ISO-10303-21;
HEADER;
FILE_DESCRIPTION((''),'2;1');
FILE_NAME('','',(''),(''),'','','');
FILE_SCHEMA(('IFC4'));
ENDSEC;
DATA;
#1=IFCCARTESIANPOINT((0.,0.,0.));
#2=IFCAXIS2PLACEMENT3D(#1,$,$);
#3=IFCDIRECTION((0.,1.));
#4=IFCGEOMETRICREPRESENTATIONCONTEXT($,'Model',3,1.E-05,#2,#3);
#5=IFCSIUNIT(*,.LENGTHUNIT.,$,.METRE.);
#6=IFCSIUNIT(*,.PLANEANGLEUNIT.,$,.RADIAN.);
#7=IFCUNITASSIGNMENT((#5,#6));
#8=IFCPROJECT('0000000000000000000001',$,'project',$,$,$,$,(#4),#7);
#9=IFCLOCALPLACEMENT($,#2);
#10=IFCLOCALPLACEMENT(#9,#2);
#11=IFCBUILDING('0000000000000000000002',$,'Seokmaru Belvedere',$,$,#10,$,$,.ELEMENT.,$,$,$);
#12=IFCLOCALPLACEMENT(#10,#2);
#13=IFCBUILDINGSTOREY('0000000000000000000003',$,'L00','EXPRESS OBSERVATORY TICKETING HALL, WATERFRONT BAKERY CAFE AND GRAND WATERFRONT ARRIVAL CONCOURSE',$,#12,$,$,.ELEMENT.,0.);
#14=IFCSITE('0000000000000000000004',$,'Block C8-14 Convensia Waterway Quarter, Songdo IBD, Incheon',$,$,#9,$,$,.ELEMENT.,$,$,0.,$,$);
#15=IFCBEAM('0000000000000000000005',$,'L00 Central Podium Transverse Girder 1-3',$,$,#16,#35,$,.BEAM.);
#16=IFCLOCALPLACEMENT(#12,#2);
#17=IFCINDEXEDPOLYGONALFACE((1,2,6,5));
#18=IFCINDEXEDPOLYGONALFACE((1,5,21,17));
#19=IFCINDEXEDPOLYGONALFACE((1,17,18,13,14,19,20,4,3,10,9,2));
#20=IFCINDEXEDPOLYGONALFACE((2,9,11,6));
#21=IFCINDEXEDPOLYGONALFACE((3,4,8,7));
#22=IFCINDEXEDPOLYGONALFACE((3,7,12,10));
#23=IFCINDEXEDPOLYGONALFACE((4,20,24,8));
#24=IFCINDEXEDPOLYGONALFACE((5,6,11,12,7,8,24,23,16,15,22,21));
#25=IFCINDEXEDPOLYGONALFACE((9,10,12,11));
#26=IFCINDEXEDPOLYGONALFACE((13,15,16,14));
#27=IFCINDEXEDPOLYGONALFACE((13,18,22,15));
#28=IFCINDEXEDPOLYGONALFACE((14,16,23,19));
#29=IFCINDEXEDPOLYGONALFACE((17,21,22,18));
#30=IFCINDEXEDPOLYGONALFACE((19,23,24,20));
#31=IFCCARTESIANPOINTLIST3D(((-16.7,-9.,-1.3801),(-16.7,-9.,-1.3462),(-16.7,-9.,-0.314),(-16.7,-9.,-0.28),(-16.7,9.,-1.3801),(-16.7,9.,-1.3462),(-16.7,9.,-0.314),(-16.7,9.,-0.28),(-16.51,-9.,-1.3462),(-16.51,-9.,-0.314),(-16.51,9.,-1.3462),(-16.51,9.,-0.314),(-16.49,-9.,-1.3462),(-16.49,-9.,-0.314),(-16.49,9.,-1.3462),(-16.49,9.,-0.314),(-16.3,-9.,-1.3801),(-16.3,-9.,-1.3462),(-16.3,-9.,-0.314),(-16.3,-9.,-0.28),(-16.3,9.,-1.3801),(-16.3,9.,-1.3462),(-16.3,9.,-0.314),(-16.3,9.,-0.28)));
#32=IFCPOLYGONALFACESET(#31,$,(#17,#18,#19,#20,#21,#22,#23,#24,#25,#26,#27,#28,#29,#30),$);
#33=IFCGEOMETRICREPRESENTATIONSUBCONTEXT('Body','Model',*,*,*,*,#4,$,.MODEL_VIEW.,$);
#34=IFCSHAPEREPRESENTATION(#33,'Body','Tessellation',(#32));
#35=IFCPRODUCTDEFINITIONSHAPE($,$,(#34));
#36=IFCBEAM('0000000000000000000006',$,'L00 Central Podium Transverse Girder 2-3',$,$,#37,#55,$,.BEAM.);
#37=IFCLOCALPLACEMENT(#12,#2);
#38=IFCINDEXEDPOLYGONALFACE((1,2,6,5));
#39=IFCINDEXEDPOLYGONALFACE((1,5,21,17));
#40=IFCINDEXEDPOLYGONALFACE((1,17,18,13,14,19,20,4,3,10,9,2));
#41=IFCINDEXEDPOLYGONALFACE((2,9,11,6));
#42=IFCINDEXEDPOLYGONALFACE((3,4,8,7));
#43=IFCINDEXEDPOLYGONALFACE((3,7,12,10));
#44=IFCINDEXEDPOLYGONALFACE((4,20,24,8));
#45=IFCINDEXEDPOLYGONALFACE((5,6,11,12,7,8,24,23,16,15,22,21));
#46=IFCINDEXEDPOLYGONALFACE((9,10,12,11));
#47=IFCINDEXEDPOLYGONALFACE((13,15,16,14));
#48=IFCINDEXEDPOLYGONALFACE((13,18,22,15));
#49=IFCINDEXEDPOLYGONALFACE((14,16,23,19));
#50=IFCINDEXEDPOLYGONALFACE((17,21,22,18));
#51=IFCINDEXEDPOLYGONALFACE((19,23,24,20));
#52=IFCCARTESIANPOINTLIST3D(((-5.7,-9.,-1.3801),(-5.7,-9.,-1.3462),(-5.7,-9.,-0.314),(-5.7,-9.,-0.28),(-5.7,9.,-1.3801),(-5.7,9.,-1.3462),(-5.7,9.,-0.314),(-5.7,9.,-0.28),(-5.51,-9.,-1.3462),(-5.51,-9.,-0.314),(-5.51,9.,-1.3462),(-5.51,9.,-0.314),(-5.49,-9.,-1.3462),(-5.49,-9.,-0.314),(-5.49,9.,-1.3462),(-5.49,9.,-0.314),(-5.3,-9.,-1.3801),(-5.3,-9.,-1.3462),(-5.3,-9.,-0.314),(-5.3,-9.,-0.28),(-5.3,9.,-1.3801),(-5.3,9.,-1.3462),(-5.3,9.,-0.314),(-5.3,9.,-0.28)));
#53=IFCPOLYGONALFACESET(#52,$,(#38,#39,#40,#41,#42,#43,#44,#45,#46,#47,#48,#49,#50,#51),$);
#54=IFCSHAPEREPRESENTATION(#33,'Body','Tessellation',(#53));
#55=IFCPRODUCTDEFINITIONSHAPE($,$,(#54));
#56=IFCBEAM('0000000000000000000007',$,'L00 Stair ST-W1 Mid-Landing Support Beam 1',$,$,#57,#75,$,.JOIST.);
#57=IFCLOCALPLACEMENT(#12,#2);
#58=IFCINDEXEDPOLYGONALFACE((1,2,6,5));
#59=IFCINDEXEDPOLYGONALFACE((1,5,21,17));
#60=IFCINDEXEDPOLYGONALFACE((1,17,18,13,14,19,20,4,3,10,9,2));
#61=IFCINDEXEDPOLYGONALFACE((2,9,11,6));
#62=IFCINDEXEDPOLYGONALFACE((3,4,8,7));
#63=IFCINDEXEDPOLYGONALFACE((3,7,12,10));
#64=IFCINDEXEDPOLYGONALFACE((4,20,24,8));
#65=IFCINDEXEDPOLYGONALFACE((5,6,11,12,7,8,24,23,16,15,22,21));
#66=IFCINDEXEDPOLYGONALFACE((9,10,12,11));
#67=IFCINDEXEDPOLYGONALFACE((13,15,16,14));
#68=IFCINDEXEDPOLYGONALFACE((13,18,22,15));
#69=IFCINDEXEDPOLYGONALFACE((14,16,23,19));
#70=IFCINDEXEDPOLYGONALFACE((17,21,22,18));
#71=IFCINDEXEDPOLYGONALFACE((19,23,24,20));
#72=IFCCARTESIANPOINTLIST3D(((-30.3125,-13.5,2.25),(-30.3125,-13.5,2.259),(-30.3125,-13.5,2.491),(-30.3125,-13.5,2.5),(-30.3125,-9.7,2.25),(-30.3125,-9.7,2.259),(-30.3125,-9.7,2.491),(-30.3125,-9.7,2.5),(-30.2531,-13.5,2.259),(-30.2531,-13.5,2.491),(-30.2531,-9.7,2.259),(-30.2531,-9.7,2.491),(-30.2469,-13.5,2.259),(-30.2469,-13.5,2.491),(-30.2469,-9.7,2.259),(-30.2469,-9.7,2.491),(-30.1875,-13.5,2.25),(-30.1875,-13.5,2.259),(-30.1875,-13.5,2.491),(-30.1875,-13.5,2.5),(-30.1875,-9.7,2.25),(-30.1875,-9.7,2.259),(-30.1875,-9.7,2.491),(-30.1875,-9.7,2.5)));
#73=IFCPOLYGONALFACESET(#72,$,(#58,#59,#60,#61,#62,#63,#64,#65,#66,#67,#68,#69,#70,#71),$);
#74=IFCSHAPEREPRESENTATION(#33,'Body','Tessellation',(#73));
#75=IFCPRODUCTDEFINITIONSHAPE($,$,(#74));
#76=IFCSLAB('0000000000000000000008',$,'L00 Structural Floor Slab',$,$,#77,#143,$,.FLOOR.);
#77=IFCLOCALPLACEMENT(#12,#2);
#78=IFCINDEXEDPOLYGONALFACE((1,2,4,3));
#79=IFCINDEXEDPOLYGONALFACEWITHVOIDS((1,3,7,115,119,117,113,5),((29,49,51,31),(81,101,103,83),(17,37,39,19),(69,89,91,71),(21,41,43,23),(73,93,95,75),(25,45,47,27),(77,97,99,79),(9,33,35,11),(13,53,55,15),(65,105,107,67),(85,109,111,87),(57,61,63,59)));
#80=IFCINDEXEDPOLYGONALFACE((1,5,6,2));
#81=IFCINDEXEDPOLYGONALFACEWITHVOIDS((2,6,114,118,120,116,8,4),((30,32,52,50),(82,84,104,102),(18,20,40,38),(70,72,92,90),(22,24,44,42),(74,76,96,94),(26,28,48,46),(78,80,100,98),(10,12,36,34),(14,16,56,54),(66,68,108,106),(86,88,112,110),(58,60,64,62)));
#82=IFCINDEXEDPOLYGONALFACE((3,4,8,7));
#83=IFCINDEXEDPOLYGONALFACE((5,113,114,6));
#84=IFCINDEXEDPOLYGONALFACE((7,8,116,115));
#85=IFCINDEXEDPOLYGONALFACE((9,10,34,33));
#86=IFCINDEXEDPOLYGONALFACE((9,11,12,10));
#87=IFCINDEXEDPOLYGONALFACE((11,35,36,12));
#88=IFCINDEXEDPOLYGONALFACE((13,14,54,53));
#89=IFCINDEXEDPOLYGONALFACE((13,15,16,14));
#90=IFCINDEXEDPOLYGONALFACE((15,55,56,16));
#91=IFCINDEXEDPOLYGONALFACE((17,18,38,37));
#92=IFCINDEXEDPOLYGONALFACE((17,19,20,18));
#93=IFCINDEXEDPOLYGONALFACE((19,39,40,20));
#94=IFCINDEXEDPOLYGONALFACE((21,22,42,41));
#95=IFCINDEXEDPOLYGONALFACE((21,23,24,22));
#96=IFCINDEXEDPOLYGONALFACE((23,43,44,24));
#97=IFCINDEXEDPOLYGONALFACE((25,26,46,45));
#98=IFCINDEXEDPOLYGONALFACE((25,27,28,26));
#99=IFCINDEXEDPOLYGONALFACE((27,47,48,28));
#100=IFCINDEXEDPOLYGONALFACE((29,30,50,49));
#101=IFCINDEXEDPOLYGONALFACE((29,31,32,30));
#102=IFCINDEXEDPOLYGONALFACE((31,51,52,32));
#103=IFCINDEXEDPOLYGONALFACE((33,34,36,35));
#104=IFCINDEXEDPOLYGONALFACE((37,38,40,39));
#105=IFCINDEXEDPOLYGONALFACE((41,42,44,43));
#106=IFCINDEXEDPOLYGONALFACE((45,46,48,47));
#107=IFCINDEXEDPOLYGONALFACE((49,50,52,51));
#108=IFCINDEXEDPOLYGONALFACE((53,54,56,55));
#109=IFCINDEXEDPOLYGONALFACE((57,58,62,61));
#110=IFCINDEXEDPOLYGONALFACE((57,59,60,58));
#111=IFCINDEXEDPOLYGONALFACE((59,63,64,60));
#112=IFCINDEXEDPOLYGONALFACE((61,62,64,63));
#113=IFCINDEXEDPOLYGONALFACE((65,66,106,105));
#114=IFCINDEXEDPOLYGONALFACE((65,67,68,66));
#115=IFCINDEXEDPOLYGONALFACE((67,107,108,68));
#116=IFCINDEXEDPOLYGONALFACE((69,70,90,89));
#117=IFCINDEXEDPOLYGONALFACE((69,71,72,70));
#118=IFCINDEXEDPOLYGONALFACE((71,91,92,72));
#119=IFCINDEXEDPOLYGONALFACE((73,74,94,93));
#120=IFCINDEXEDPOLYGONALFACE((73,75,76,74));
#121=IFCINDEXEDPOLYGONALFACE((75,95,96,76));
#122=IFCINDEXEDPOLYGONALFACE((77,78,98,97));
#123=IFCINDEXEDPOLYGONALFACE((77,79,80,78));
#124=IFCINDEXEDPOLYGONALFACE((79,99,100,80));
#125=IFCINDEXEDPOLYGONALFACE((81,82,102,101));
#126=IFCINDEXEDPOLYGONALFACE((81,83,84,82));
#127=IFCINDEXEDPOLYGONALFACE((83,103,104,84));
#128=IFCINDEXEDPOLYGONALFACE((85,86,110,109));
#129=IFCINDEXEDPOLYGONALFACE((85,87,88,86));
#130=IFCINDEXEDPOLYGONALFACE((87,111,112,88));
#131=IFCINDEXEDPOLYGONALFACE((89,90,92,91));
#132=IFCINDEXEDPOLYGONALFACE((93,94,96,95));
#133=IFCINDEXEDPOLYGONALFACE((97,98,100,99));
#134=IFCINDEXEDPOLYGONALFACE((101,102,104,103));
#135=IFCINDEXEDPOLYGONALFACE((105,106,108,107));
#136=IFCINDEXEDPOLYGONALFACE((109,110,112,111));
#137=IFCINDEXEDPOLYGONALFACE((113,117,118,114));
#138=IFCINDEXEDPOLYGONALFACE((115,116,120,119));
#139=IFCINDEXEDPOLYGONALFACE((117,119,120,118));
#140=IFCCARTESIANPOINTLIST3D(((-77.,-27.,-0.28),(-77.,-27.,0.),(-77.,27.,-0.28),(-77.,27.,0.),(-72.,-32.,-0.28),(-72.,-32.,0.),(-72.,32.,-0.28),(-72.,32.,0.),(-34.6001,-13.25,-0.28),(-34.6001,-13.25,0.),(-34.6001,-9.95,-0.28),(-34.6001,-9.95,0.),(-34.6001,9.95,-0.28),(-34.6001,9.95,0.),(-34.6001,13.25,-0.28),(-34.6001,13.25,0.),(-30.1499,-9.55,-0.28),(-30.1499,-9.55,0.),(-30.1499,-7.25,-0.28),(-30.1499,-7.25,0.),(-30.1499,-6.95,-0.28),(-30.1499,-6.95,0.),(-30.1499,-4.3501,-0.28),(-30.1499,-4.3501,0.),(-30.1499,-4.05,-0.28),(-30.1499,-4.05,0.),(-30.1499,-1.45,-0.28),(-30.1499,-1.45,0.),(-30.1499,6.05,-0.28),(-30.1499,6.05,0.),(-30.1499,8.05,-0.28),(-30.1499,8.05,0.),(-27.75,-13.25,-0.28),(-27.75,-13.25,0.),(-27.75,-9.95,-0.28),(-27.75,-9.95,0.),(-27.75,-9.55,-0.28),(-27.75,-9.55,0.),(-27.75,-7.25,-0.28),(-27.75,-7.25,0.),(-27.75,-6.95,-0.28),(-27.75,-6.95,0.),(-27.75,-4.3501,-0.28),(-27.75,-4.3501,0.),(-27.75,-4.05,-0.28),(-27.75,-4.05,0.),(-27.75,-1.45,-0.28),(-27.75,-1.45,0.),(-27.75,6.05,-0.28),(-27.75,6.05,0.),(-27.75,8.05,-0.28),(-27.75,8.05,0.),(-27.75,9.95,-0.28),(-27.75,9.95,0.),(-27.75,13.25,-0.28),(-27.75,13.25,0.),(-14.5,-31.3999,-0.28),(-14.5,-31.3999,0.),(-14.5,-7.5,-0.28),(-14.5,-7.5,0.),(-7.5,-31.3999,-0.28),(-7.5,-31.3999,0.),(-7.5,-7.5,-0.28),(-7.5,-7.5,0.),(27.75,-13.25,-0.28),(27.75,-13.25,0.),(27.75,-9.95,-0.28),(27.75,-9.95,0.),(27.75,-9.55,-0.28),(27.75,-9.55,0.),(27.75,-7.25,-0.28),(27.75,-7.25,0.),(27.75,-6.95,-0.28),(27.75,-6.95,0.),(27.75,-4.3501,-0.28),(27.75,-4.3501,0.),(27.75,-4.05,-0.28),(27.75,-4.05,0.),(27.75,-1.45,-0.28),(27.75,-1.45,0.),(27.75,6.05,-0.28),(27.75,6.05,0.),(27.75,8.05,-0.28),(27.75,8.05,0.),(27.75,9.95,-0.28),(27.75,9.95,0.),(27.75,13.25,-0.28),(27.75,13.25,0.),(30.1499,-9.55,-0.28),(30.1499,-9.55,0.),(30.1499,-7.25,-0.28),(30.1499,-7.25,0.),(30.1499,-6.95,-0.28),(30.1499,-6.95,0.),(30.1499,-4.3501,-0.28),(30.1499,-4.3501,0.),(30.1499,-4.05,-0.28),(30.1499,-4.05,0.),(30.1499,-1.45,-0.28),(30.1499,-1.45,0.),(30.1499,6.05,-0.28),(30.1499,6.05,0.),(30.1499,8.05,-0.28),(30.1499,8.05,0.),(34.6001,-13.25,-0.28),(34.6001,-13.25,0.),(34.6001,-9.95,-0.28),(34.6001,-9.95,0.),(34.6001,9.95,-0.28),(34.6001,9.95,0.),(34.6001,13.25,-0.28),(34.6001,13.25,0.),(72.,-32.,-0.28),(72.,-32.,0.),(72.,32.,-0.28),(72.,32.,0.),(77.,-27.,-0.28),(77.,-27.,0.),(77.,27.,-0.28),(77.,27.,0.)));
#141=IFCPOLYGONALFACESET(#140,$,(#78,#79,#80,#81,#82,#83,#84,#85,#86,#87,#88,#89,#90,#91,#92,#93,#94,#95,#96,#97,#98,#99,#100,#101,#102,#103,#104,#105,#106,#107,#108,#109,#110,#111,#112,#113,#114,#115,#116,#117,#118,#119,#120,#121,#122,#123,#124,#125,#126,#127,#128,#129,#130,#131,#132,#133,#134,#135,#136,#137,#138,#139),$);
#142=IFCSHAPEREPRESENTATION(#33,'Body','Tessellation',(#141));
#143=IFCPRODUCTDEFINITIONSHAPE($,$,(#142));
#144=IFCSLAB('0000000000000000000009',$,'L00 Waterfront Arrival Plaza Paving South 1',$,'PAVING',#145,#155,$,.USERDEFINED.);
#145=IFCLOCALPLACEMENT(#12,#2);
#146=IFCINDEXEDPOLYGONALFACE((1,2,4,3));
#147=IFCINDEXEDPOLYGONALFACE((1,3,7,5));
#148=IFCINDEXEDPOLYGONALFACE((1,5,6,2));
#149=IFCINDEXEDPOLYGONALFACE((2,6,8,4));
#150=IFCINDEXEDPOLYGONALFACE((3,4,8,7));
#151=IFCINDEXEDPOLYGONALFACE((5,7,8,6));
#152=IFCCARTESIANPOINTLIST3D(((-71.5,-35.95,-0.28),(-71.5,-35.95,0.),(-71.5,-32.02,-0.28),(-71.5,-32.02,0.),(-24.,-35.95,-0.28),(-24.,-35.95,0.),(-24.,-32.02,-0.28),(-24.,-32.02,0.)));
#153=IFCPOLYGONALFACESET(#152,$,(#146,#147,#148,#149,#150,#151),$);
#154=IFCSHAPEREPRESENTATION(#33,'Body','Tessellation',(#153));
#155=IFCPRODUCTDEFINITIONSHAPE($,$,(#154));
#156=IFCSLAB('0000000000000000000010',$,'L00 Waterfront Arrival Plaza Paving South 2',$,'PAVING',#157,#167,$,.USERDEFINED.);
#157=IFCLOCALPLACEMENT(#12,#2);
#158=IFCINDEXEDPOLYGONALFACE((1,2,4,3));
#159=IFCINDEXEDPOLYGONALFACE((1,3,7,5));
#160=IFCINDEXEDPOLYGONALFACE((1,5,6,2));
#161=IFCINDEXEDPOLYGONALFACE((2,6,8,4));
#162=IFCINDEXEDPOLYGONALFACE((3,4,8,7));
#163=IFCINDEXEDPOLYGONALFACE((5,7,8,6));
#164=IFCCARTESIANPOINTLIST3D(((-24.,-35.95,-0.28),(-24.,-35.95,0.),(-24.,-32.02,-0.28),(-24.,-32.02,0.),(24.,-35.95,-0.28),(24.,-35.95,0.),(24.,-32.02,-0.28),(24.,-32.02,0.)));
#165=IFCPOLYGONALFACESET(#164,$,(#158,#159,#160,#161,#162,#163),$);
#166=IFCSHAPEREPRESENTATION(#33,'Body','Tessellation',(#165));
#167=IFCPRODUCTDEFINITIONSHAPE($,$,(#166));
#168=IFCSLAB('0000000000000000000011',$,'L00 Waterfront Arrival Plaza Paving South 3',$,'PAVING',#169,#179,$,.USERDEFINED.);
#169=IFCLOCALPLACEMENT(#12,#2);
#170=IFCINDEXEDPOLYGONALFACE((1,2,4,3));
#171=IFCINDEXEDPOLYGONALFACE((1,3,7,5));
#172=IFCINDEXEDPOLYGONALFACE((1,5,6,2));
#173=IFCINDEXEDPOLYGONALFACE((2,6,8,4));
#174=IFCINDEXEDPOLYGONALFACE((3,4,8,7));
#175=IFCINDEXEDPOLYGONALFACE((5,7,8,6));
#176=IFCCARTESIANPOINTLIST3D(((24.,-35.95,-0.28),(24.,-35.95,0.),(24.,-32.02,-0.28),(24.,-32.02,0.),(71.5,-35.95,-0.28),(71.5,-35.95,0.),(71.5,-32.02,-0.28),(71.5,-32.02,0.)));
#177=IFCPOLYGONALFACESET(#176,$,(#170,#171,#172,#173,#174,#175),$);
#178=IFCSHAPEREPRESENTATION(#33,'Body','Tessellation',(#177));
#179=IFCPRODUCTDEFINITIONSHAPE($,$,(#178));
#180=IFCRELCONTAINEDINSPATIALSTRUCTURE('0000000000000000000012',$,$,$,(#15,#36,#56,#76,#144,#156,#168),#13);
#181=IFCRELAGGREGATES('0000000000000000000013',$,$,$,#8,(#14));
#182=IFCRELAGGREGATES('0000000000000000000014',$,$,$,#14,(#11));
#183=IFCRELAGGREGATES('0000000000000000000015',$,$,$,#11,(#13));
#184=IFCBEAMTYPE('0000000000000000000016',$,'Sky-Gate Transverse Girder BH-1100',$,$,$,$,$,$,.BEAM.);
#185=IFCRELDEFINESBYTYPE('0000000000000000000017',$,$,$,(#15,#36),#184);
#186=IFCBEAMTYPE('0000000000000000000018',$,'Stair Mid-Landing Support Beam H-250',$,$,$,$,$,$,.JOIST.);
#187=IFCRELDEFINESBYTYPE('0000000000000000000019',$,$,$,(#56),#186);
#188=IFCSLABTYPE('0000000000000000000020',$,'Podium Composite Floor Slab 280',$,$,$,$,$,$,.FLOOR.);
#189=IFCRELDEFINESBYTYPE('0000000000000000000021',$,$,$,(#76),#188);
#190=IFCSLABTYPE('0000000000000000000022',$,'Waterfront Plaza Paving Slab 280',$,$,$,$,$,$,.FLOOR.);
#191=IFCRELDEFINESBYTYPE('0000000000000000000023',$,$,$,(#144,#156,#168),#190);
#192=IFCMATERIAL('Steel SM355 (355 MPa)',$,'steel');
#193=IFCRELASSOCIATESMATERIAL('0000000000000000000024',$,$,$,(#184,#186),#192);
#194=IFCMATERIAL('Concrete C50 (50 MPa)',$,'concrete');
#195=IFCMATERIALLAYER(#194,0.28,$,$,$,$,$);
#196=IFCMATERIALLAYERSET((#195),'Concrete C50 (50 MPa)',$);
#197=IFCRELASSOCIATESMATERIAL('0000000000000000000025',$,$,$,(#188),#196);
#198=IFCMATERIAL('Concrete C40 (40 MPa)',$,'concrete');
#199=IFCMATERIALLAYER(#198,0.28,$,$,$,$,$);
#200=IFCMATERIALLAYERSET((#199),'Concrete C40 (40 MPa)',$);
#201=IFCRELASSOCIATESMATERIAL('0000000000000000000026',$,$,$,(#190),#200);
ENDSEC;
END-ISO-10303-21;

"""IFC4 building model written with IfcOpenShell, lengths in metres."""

from ifc_helpers import new_model, si_unit, direction, frame, origin, origin_2d, place, context, subcontext, project, spatial, polyline, i_section, outline, extrude, source, transform, mapped, material, layer, layer_set, material_profile, profile_set, type_object, type_shapes, element, save


model = new_model("IFC4")

# Units and contexts
model_context = context("Model", 3, precision=1e-05, world=origin(), true_north=direction((0.0, 1.0)))
body_context = subcontext(model_context, "Body", "Model", "MODEL_VIEW")
ifc_project = project(units=[si_unit("LENGTHUNIT", "METRE"), si_unit("PLANEANGLEUNIT", "RADIAN")], contexts=[model_context])

# Site, building, storey
site_placement = place(None, origin())
site = spatial("IfcSite", under=ifc_project, at=site_placement, Name="Block C8-14 Convensia Waterway Quarter, Songdo IBD, Incheon", CompositionType="ELEMENT", RefElevation=0.0)
building_placement = place(site_placement, origin())
building = spatial("IfcBuilding", under=site, at=building_placement, Name="Seokmaru Belvedere", CompositionType="ELEMENT")
storey_placement = place(building_placement, origin())
storey = spatial("IfcBuildingStorey", under=building, at=storey_placement, Name="L00", Description="EXPRESS OBSERVATORY TICKETING HALL, WATERFRONT BAKERY CAFE AND GRAND WATERFRONT ARRIVAL CONCOURSE", CompositionType="ELEMENT", Elevation=0.0)

# Shared definitions
ifc_material_1 = material(Name="Concrete C50 (50 MPa)", Category="concrete")
ifc_material_2 = material(Name="Steel SM355 (355 MPa)", Category="steel")

# Beams
ifc_material_profile_1 = material_profile(ifc_material_2, i_section(OverallWidth=0.3999, OverallDepth=1.1001, WebThickness=0.02, FlangeThickness=0.0339, at=origin_2d()), Name="BH-1100x400x20x34")
ifc_profile_set_1 = profile_set([ifc_material_profile_1], Name="Steel SM355 (355 MPa)")
beam_type_1 = type_object("IfcBeamType", Name="Sky-Gate Transverse Girder BH-1100", PredefinedType="BEAM", material=ifc_profile_set_1)
shared_shape_1 = source(origin(), body_context, "Body", "SweptSolid", [
    extrude(i_section(OverallWidth=0.3999, OverallDepth=1.1001, WebThickness=0.02, FlangeThickness=0.0339, at=origin_2d()), origin(), (0.0, 0.0, 1.0), 18.0),
])
type_shapes(beam_type_1, [shared_shape_1])
for number, where, z_axis, x_axis, name in (
    (1, (-16.5, -9.0, -0.8301), (0.0, 1.0, 0.0), (-1.0, 0.0, 0.0), "L00 Central Podium Transverse Girder 1-3"),
    (2, (-5.5, -9.0, -0.8301), (0.0, 1.0, 0.0), (-1.0, 0.0, 0.0), "L00 Central Podium Transverse Girder 2-3"),
):
    element("IfcBeam", number, at=place(storey_placement, frame(where, z_axis=z_axis, x_axis=x_axis)), inside=storey, type_object=beam_type_1, Name=name, PredefinedType="BEAM", context=body_context, shape_type="MappedRepresentation", body=[
        mapped(shared_shape_1, transform((0.0, 0.0, 0.0), scale=1.0)),
    ])
ifc_material_profile_2 = material_profile(ifc_material_2, i_section(OverallWidth=0.125, OverallDepth=0.25, WebThickness=0.0061, FlangeThickness=0.009, at=origin_2d()), Name="H-250x125x6x9")
ifc_profile_set_2 = profile_set([ifc_material_profile_2], Name="Steel SM355 (355 MPa)")
beam_type_2 = type_object("IfcBeamType", Name="Stair Mid-Landing Support Beam H-250", PredefinedType="JOIST", material=ifc_profile_set_2)
shared_shape_2 = source(origin(), body_context, "Body", "SweptSolid", [
    extrude(i_section(OverallWidth=0.125, OverallDepth=0.25, WebThickness=0.0061, FlangeThickness=0.009, at=origin_2d()), origin(), (0.0, 0.0, 1.0), 3.8),
])
type_shapes(beam_type_2, [shared_shape_2])
beam_1_placement = place(storey_placement, frame((-30.25, -13.5, 2.375), z_axis=(0.0, 1.0, 0.0), x_axis=(-1.0, 0.0, 0.0)))
element("IfcBeam", 3, at=beam_1_placement, inside=storey, type_object=beam_type_2, Name="L00 Stair ST-W1 Mid-Landing Support Beam 1", PredefinedType="JOIST", context=body_context, shape_type="MappedRepresentation", body=[
    mapped(shared_shape_2, transform((0.0, 0.0, 0.0), scale=1.0)),
])

# Slabs
ifc_layer_1 = layer(ifc_material_1, 0.28)
ifc_layer_set_1 = layer_set([ifc_layer_1], Name="Concrete C50 (50 MPa)")
slab_type_1 = type_object("IfcSlabType", Name="Podium Composite Floor Slab 280", PredefinedType="FLOOR", material=ifc_layer_set_1)
slab_1_placement = place(storey_placement, frame((0.0, 0.0, -0.28)))
element("IfcSlab", 4, at=slab_1_placement, inside=storey, type_object=slab_type_1, Name="L00 Structural Floor Slab", PredefinedType="FLOOR", context=body_context, shape_type="SweptSolid", body=[
    extrude(outline(polyline([(-72.0, -32.0), (72.0, -32.0), (77.0, -27.0), (77.0, 27.0), (72.0, 32.0), (-72.0, 32.0), (-77.0, 27.0), (-77.0, -27.0), (-72.0, -32.0)]), holes=[polyline([(-34.6001, -13.25), (-27.75, -13.25), (-27.75, -9.95), (-34.6001, -9.95), (-34.6001, -13.25)]), polyline([(-34.6001, 9.95), (-27.75, 9.95), (-27.75, 13.25), (-34.6001, 13.25), (-34.6001, 9.95)]), polyline([(27.75, -13.25), (34.6001, -13.25), (34.6001, -9.95), (27.75, -9.95), (27.75, -13.25)]), polyline([(27.75, 9.95), (34.6001, 9.95), (34.6001, 13.25), (27.75, 13.25), (27.75, 9.95)]), polyline([(-30.1499, -9.55), (-27.75, -9.55), (-27.75, -7.25), (-30.1499, -7.25), (-30.1499, -9.55)]), polyline([(-30.1499, -6.95), (-27.75, -6.95), (-27.75, -4.3501), (-30.1499, -4.3501), (-30.1499, -6.95)]), polyline([(-30.1499, -4.05), (-27.75, -4.05), (-27.75, -1.45), (-30.1499, -1.45), (-30.1499, -4.05)]), polyline([(-30.1499, 6.05), (-27.75, 6.05), (-27.75, 8.05), (-30.1499, 8.05), (-30.1499, 6.05)]), polyline([(27.75, -9.55), (30.1499, -9.55), (30.1499, -7.25), (27.75, -7.25), (27.75, -9.55)]), polyline([(27.75, -6.95), (30.1499, -6.95), (30.1499, -4.3501), (27.75, -4.3501), (27.75, -6.95)]), polyline([(27.75, -4.05), (30.1499, -4.05), (30.1499, -1.45), (27.75, -1.45), (27.75, -4.05)]), polyline([(27.75, 6.05), (30.1499, 6.05), (30.1499, 8.05), (27.75, 8.05), (27.75, 6.05)]), polyline([(-14.5, -31.3999), (-7.5, -31.3999), (-7.5, -7.5), (-14.5, -7.5), (-14.5, -31.3999)])]), origin(), (0.0, 0.0, 1.0), 0.28),
])
ifc_material_3 = material(Name="Concrete C40 (40 MPa)", Category="concrete")
ifc_layer_2 = layer(ifc_material_3, 0.28)
ifc_layer_set_2 = layer_set([ifc_layer_2], Name="Concrete C40 (40 MPa)")
slab_type_2 = type_object("IfcSlabType", Name="Waterfront Plaza Paving Slab 280", PredefinedType="FLOOR", material=ifc_layer_set_2)
slab_2_placement = place(storey_placement, frame((0.0, 0.0, -0.28)))
element("IfcSlab", 5, at=slab_2_placement, inside=storey, type_object=slab_type_2, Name="L00 Waterfront Arrival Plaza Paving South 1", ObjectType="PAVING", PredefinedType="USERDEFINED", context=body_context, shape_type="SweptSolid", body=[
    extrude(outline(polyline([(-71.5, -35.95), (-24.0, -35.95), (-24.0, -32.02), (-71.5, -32.02), (-71.5, -35.95)])), origin(), (0.0, 0.0, 1.0), 0.28),
])
slab_3_placement = place(storey_placement, frame((0.0, 0.0, -0.28)))
element("IfcSlab", 6, at=slab_3_placement, inside=storey, type_object=slab_type_2, Name="L00 Waterfront Arrival Plaza Paving South 2", ObjectType="PAVING", PredefinedType="USERDEFINED", context=body_context, shape_type="SweptSolid", body=[
    extrude(outline(polyline([(-24.0, -35.95), (24.0, -35.95), (24.0, -32.02), (-24.0, -32.02), (-24.0, -35.95)])), origin(), (0.0, 0.0, 1.0), 0.28),
])
slab_4_placement = place(storey_placement, frame((0.0, 0.0, -0.28)))
element("IfcSlab", 7, at=slab_4_placement, inside=storey, type_object=slab_type_2, Name="L00 Waterfront Arrival Plaza Paving South 3", ObjectType="PAVING", PredefinedType="USERDEFINED", context=body_context, shape_type="SweptSolid", body=[
    extrude(outline(polyline([(24.0, -35.95), (71.5, -35.95), (71.5, -32.02), (24.0, -32.02), (24.0, -35.95)])), origin(), (0.0, 0.0, 1.0), 0.28),
])

save(model, "model.ifc")
